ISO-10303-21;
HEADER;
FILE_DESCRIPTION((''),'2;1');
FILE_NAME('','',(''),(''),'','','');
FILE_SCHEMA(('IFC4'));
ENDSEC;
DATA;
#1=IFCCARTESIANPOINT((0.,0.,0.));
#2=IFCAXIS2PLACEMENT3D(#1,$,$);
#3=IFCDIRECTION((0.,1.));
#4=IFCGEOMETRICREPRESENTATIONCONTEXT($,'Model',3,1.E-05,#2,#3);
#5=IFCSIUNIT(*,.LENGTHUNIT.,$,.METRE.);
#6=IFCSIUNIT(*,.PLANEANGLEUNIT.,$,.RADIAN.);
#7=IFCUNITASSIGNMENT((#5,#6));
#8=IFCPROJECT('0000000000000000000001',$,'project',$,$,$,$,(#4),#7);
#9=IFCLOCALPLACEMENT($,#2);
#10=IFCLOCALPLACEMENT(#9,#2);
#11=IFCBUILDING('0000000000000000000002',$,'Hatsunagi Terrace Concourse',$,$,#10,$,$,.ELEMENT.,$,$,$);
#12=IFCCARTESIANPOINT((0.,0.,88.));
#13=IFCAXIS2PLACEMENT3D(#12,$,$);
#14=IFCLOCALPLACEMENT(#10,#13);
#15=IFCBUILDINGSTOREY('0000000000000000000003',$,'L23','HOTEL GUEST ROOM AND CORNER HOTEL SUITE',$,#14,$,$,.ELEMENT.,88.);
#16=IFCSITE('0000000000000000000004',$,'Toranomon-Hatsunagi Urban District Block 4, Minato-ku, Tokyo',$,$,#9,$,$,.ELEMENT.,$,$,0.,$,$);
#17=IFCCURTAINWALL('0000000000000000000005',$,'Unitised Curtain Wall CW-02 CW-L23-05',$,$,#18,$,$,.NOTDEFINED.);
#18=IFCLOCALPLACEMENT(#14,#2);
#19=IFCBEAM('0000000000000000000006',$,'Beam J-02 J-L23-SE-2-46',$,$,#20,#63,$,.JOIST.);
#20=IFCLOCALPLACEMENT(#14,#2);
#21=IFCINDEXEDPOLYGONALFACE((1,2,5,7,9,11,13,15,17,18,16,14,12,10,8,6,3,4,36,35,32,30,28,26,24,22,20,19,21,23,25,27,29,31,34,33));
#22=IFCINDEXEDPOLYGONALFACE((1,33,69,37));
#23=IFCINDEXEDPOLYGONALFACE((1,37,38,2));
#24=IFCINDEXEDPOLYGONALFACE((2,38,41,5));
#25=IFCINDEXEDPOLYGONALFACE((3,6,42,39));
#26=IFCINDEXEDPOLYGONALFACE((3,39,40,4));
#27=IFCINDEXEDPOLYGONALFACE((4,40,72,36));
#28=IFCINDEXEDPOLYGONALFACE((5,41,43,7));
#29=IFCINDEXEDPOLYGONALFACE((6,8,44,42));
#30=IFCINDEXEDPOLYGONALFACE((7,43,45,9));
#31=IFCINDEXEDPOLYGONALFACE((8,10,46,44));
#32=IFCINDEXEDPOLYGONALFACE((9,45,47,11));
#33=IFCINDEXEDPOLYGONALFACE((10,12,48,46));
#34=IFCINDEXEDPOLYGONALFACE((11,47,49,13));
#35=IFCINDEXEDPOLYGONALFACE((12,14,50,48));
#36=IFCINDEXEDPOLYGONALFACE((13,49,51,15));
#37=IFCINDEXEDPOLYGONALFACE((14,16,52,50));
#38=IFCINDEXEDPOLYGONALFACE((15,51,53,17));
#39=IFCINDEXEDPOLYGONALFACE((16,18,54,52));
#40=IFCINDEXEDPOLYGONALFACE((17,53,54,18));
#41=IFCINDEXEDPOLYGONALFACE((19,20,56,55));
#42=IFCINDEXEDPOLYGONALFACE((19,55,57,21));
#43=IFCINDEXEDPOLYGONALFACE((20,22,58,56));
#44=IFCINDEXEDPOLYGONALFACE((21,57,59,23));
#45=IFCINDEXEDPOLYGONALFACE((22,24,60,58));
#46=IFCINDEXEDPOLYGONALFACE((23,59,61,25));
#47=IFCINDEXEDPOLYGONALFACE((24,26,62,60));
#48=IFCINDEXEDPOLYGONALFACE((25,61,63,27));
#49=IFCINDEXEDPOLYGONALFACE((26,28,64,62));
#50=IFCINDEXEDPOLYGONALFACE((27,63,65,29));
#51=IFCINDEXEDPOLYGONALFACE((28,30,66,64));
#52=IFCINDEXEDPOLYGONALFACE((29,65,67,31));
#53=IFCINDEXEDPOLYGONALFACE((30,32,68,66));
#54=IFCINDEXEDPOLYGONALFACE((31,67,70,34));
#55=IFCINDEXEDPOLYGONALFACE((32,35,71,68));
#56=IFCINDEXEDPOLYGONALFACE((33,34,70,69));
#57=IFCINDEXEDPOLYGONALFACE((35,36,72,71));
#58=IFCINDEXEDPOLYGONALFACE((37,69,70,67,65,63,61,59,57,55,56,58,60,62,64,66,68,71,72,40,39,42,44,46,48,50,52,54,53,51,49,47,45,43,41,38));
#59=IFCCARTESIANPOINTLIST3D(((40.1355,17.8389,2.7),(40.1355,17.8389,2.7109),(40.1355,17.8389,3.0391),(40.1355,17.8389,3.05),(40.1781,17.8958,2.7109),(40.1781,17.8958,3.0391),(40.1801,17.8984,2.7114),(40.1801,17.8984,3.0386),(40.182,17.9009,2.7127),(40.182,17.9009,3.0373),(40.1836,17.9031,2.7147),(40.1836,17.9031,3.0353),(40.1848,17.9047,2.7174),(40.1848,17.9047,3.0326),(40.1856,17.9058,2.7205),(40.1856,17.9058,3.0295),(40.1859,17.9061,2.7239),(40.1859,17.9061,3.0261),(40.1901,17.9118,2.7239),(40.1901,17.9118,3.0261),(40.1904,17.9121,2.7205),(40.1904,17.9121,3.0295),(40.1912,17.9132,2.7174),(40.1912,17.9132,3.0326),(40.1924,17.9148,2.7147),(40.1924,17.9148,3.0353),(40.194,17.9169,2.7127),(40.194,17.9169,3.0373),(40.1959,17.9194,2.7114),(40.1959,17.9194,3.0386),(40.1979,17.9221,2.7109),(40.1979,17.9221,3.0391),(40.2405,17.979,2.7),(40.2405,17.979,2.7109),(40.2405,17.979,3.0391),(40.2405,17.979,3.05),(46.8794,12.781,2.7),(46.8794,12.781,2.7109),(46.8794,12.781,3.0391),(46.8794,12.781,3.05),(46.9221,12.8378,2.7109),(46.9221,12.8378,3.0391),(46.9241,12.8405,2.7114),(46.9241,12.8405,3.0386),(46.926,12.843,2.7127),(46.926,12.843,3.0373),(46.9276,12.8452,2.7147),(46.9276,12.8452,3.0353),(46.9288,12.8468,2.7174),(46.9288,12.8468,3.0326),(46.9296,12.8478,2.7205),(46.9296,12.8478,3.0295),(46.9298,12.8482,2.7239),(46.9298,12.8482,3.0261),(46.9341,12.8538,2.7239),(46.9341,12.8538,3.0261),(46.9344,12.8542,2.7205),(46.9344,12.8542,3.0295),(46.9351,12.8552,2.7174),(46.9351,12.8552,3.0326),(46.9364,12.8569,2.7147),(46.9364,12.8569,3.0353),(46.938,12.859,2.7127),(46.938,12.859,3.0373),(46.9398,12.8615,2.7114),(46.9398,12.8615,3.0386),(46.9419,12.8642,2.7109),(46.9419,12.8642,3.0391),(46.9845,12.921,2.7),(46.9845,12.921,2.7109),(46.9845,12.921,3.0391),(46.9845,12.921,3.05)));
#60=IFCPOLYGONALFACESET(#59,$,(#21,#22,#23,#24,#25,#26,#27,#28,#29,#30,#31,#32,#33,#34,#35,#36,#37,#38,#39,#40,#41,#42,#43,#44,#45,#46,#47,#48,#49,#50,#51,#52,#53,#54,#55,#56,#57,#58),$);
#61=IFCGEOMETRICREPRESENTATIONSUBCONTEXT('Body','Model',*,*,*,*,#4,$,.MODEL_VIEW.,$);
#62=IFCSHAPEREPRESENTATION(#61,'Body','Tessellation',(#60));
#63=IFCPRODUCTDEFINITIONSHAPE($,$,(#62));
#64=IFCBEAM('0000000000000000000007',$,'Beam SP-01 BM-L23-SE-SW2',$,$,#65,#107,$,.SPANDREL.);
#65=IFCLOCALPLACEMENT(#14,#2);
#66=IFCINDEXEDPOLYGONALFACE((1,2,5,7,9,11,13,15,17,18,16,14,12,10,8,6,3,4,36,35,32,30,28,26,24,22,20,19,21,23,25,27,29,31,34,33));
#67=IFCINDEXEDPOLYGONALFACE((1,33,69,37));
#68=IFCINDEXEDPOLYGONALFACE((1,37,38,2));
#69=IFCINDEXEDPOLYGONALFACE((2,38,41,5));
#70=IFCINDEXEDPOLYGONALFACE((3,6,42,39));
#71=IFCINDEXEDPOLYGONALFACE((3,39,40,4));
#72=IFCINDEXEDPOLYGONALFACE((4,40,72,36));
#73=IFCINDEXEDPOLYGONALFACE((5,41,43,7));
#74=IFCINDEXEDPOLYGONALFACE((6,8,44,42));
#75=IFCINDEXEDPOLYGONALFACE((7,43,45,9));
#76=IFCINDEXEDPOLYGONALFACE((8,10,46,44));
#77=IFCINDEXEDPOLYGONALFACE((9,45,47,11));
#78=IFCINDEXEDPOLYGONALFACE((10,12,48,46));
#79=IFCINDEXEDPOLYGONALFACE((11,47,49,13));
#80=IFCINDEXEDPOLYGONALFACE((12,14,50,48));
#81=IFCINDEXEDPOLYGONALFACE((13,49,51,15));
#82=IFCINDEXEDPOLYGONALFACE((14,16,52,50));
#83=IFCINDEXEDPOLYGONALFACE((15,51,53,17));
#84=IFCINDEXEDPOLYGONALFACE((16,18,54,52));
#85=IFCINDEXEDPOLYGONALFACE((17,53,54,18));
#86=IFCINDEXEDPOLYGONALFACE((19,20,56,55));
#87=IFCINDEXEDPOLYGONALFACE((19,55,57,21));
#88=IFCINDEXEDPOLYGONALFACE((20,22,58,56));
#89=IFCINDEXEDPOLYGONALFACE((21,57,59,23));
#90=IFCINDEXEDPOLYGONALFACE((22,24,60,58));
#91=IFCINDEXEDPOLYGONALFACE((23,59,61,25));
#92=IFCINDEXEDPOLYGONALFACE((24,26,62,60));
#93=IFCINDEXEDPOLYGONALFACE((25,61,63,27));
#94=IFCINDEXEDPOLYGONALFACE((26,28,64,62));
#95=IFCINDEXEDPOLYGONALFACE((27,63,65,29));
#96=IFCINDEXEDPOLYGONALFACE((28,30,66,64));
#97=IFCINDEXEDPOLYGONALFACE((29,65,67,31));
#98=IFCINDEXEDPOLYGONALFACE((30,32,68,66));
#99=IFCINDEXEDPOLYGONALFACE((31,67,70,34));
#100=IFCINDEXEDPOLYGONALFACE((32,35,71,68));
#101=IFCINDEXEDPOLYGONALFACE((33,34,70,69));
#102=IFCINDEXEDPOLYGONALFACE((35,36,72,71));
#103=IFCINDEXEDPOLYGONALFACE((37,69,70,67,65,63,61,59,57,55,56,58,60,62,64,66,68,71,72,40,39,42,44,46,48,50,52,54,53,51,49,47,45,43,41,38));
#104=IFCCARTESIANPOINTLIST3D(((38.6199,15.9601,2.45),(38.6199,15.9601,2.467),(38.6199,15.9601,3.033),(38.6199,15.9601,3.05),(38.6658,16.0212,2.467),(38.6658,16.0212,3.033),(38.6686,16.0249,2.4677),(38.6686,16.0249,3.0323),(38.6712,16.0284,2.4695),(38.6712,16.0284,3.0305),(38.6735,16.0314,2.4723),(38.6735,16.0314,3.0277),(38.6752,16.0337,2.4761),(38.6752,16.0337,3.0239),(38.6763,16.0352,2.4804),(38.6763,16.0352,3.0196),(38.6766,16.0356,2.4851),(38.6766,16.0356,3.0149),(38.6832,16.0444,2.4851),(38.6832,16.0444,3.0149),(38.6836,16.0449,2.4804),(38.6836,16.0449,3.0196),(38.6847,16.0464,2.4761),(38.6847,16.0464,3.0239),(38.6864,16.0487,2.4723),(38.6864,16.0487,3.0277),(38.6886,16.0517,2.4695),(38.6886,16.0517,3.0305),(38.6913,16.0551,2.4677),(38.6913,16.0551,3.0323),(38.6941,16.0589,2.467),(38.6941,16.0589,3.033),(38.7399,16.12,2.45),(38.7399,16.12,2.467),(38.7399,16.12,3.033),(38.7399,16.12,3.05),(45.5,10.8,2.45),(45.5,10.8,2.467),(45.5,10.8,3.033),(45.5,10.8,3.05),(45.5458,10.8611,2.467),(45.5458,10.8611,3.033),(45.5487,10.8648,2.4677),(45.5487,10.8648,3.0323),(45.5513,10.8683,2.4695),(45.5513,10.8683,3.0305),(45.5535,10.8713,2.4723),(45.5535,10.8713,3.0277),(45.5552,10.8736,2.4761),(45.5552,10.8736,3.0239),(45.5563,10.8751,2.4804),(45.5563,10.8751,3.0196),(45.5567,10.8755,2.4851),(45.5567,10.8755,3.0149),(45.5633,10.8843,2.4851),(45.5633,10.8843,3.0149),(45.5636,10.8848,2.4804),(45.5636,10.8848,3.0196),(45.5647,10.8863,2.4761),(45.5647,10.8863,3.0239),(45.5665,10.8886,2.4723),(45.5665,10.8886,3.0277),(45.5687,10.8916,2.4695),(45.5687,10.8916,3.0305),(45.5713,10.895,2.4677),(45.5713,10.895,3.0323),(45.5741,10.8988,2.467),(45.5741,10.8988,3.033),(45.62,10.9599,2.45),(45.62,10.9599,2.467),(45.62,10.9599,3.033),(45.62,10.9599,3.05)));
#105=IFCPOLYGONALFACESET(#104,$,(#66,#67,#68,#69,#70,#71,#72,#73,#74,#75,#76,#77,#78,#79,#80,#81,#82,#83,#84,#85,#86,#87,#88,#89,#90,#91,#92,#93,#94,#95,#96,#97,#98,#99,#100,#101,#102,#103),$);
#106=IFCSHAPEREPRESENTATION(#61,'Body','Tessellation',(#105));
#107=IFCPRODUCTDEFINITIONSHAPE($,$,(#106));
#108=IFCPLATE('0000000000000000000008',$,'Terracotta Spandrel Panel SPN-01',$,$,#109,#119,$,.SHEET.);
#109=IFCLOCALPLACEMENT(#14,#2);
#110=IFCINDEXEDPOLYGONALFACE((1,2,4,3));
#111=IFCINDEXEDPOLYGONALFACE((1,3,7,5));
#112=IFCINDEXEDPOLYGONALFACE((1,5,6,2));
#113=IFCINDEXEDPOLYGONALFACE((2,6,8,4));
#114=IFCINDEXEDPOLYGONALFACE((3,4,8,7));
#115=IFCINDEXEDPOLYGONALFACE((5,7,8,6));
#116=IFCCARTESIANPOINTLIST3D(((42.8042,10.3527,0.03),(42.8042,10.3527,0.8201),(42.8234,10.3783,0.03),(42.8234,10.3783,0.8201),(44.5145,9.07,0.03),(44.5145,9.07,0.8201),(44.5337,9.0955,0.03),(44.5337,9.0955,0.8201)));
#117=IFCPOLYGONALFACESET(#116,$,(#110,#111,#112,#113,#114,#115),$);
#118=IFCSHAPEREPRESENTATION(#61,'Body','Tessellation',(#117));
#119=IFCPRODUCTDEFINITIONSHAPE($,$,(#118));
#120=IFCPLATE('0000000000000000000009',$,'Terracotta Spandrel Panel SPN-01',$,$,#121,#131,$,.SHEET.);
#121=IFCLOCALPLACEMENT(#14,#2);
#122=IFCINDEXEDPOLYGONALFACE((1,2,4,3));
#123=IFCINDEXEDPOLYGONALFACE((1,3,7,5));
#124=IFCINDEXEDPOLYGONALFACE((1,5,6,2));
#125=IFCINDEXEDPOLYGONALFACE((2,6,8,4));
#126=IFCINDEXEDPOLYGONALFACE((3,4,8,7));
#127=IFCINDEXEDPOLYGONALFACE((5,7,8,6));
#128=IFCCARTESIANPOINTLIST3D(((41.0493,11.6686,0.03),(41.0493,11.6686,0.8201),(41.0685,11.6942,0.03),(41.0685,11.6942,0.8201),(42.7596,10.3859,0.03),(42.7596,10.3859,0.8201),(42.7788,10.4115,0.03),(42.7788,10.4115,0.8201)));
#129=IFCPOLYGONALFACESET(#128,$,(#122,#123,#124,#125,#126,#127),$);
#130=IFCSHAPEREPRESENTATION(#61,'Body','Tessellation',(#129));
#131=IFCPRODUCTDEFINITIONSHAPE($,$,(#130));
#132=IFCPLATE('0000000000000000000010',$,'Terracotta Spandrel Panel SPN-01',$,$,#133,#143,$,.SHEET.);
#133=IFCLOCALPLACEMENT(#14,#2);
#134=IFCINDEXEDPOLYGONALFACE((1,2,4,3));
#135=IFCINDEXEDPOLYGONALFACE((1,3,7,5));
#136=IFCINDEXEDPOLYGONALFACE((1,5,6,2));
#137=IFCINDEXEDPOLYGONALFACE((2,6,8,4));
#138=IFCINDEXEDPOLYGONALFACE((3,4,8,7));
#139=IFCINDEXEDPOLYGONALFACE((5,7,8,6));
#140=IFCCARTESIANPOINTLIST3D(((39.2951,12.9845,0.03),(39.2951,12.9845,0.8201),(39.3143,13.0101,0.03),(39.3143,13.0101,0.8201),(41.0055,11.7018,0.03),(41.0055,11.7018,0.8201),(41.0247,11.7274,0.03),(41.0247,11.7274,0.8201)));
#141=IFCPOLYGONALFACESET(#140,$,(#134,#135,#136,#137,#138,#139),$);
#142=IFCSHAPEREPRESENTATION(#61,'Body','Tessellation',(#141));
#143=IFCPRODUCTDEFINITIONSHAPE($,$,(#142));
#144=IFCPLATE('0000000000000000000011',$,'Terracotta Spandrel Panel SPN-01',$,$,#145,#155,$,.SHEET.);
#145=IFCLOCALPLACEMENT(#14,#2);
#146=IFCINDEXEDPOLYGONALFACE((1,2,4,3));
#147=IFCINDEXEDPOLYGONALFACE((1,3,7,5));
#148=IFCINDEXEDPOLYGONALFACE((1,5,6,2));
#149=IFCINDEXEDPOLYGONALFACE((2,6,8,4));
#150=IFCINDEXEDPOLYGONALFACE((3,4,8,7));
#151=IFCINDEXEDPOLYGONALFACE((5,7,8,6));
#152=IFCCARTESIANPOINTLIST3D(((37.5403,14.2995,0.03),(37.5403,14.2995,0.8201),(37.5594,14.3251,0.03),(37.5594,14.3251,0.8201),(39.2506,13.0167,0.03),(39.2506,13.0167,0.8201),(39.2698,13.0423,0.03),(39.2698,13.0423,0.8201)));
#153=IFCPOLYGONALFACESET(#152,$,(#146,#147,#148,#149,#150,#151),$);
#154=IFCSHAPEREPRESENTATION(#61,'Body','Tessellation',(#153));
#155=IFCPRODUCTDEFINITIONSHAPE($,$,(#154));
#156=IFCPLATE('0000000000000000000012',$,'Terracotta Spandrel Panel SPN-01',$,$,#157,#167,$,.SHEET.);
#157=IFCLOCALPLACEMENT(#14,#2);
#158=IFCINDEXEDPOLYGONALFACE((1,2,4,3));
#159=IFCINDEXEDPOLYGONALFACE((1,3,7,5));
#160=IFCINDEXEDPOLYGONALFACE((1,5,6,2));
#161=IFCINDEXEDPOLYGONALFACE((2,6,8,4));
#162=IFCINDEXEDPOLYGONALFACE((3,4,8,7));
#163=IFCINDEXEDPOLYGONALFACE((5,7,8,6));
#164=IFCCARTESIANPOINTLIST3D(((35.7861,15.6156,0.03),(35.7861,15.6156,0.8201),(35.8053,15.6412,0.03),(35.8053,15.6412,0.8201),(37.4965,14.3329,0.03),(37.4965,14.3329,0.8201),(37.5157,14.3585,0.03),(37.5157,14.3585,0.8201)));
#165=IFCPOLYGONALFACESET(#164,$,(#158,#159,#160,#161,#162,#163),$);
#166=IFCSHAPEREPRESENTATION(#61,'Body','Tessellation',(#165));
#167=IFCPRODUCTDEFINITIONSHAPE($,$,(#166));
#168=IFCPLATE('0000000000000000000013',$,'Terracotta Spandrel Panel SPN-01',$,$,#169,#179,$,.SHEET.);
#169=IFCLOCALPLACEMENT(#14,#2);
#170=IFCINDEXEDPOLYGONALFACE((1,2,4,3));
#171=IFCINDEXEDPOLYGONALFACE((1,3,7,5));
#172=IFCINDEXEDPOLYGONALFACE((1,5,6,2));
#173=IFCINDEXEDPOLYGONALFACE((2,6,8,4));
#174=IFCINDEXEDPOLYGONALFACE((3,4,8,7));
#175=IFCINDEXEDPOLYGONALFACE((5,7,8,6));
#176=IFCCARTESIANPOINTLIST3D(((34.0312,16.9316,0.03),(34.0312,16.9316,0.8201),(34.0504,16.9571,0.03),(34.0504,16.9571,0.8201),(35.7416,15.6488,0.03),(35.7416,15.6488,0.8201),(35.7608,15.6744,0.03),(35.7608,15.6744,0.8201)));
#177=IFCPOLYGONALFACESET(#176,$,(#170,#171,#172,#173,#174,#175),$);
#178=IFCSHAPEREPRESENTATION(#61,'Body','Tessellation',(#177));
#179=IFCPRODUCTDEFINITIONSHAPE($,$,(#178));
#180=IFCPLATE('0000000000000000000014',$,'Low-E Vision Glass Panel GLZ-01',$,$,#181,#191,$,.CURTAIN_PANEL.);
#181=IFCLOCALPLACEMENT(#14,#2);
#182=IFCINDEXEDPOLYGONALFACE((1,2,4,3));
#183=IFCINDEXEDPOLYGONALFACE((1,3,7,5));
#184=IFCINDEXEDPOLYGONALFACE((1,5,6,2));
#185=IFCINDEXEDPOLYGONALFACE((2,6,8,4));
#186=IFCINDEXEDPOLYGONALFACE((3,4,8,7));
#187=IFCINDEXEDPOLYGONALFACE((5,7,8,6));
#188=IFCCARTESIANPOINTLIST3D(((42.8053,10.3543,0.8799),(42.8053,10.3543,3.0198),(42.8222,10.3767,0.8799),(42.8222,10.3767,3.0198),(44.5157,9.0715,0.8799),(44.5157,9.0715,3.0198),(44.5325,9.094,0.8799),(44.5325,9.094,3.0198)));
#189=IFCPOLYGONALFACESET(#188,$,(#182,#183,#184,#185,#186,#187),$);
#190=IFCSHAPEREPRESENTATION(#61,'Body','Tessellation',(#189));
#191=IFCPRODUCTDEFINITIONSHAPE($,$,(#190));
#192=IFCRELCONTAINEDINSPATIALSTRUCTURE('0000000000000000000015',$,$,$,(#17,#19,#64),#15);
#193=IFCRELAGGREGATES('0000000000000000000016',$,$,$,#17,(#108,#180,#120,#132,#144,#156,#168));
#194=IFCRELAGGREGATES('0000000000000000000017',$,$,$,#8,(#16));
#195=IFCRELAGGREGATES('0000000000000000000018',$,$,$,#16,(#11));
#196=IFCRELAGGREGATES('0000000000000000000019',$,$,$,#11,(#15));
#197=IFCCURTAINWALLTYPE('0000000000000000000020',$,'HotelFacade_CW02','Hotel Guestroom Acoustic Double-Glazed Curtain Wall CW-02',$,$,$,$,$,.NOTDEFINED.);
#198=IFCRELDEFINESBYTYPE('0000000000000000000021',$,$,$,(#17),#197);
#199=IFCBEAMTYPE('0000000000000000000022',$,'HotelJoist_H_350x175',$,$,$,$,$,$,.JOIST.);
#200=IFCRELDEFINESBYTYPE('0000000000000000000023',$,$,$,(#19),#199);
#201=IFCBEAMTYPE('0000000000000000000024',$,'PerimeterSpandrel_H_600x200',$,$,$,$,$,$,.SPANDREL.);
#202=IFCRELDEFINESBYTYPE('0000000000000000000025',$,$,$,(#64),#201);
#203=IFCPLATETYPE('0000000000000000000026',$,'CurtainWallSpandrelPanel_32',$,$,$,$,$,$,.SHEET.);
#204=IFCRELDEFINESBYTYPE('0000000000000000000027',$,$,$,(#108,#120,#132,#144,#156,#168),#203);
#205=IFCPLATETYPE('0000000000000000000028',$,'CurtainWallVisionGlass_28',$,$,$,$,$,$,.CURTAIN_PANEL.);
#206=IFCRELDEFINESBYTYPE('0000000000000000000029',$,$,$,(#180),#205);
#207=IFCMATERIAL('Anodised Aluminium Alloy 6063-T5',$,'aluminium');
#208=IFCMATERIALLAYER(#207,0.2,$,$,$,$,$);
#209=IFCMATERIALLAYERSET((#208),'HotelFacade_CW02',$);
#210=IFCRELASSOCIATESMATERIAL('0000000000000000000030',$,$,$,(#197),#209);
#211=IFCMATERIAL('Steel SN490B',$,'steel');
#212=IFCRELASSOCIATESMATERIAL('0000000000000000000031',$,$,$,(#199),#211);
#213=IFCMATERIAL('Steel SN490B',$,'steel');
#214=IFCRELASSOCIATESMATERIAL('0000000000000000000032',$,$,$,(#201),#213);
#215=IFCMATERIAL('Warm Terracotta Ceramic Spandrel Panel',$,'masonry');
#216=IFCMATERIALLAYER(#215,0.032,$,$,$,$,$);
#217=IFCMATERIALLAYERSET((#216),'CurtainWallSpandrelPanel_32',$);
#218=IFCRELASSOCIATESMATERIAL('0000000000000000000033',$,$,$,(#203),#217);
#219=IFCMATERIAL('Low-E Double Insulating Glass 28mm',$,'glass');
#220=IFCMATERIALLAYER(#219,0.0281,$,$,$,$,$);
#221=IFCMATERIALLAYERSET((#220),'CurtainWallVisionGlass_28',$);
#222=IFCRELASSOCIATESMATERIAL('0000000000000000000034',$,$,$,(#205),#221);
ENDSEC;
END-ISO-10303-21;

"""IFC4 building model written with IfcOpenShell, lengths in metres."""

from ifc_helpers import new_model, si_unit, direction, frame, origin, origin_2d, place, context, subcontext, project, spatial, rectangle, i_section, extrude, material, layer, layer_set, material_profile, profile_set, type_object, element, aggregate, save


model = new_model("IFC4")

# Units and contexts
model_context = context("Model", 3, precision=1e-05, world=origin(), true_north=direction((0.0, 1.0)))
body_context = subcontext(model_context, "Body", "Model", "MODEL_VIEW")
ifc_project = project(units=[si_unit("LENGTHUNIT", "METRE"), si_unit("PLANEANGLEUNIT", "RADIAN")], contexts=[model_context])

# Site, building, storey
site_placement = place(None, origin())
site = spatial("IfcSite", under=ifc_project, at=site_placement, Name="Toranomon-Hatsunagi Urban District Block 4, Minato-ku, Tokyo", CompositionType="ELEMENT", RefElevation=0.0)
building_placement = place(site_placement, origin())
building = spatial("IfcBuilding", under=site, at=building_placement, Name="Hatsunagi Terrace Concourse", CompositionType="ELEMENT")
storey_placement = place(building_placement, frame((0.0, 0.0, 88.0)))
storey = spatial("IfcBuildingStorey", under=building, at=storey_placement, Name="L23", Description="HOTEL GUEST ROOM AND CORNER HOTEL SUITE", CompositionType="ELEMENT", Elevation=88.0)

# Curtain wall
ifc_material_1 = material(Name="Anodised Aluminium Alloy 6063-T5", Category="aluminium")
ifc_layer_1 = layer(ifc_material_1, 0.2)
ifc_layer_set_1 = layer_set([ifc_layer_1], Name="HotelFacade_CW02")
curtain_wall_type = type_object("IfcCurtainWallType", Name="HotelFacade_CW02", Description="Hotel Guestroom Acoustic Double-Glazed Curtain Wall CW-02", PredefinedType="NOTDEFINED", material=ifc_layer_set_1)
curtain_wall_placement = place(storey_placement, origin())
curtain_wall = element("IfcCurtainWall", 1, at=curtain_wall_placement, inside=storey, type_object=curtain_wall_type, Name="Unitised Curtain Wall CW-02 CW-L23-05", PredefinedType="NOTDEFINED")

# Beams
ifc_material_2 = material(Name="Steel SN490B", Category="steel")
ifc_material_profile_1 = material_profile(ifc_material_2, i_section(OverallWidth=0.175, OverallDepth=0.3501, WebThickness=0.0071, FlangeThickness=0.011, FilletRadius=0.0129, at=origin_2d()), Name="H-350x175x7x11")
ifc_profile_set_1 = profile_set([ifc_material_profile_1], Name="Steel SN490B")
beam_type_1 = type_object("IfcBeamType", Name="HotelJoist_H_350x175", PredefinedType="JOIST", material=ifc_profile_set_1)
beam_1_placement = place(storey_placement, frame((40.188, 17.9089, 2.875), z_axis=(0.800003, -0.599995, 0.0), x_axis=(0.599995, 0.800003, 0.0)))
element("IfcBeam", 2, at=beam_1_placement, inside=storey, type_object=beam_type_1, Name="Beam J-02 J-L23-SE-2-46", PredefinedType="JOIST", context=body_context, shape_type="SweptSolid", body=[
    extrude(i_section(OverallWidth=0.175, OverallDepth=0.3501, WebThickness=0.0071, FlangeThickness=0.011, FilletRadius=0.0129, at=origin_2d()), origin(), (0.0, 0.0, 1.0), 8.4299),
])
ifc_material_3 = material(Name="Steel SN490B", Category="steel")
ifc_material_profile_2 = material_profile(ifc_material_3, i_section(OverallWidth=0.2, OverallDepth=0.6001, WebThickness=0.011, FlangeThickness=0.0171, FilletRadius=0.0181, at=origin_2d()), Name="H-600x200x11x17")
ifc_profile_set_2 = profile_set([ifc_material_profile_2], Name="Steel SN490B")
beam_type_2 = type_object("IfcBeamType", Name="PerimeterSpandrel_H_600x200", PredefinedType="SPANDREL", material=ifc_profile_set_2)
beam_2_placement = place(storey_placement, frame((38.6799, 16.04, 2.75), z_axis=(0.799997, -0.600005, 0.0), x_axis=(0.600005, 0.799997, 0.0)))
element("IfcBeam", 3, at=beam_2_placement, inside=storey, type_object=beam_type_2, Name="Beam SP-01 BM-L23-SE-SW2", PredefinedType="SPANDREL", context=body_context, shape_type="SweptSolid", body=[
    extrude(i_section(OverallWidth=0.2, OverallDepth=0.6001, WebThickness=0.011, FlangeThickness=0.0171, FilletRadius=0.0181, at=origin_2d()), origin(), (0.0, 0.0, 1.0), 8.6001),
])

# Plates
ifc_material_4 = material(Name="Warm Terracotta Ceramic Spandrel Panel", Category="masonry")
ifc_layer_2 = layer(ifc_material_4, 0.032)
ifc_layer_set_2 = layer_set([ifc_layer_2], Name="CurtainWallSpandrelPanel_32")
plate_type_1 = type_object("IfcPlateType", Name="CurtainWallSpandrelPanel_32", PredefinedType="SHEET", material=ifc_layer_set_2)
plate_1_placement = place(storey_placement, frame((43.6689, 9.7241, 0.03), z_axis=(0.0, 0.0, 1.0), x_axis=(-0.800003, 0.599996, 0.0)))
plate_1 = element("IfcPlate", 4, at=plate_1_placement, type_object=plate_type_1, Name="Terracotta Spandrel Panel SPN-01", PredefinedType="SHEET", context=body_context, shape_type="SweptSolid", body=[
    extrude(rectangle(XDim=2.1379, YDim=0.032, at=origin_2d()), origin(), (0.0, 0.0, 1.0), 0.79),
])
plate_2_placement = place(storey_placement, frame((41.9141, 11.04, 0.03), z_axis=(0.0, 0.0, 1.0), x_axis=(-0.800003, 0.599996, 0.0)))
plate_2 = element("IfcPlate", 5, at=plate_2_placement, type_object=plate_type_1, Name="Terracotta Spandrel Panel SPN-01", PredefinedType="SHEET", context=body_context, shape_type="SweptSolid", body=[
    extrude(rectangle(XDim=2.1379, YDim=0.032, at=origin_2d()), origin(), (0.0, 0.0, 1.0), 0.79),
])
plate_3_placement = place(storey_placement, frame((40.1599, 12.356, 0.03), z_axis=(0.0, 0.0, 1.0), x_axis=(-0.800003, 0.599996, 0.0)))
plate_3 = element("IfcPlate", 6, at=plate_3_placement, type_object=plate_type_1, Name="Terracotta Spandrel Panel SPN-01", PredefinedType="SHEET", context=body_context, shape_type="SweptSolid", body=[
    extrude(rectangle(XDim=2.1379, YDim=0.032, at=origin_2d()), origin(), (0.0, 0.0, 1.0), 0.79),
])
plate_4_placement = place(storey_placement, frame((38.405, 13.6709, 0.03), z_axis=(0.0, 0.0, 1.0), x_axis=(-0.800003, 0.599996, 0.0)))
plate_4 = element("IfcPlate", 7, at=plate_4_placement, type_object=plate_type_1, Name="Terracotta Spandrel Panel SPN-01", PredefinedType="SHEET", context=body_context, shape_type="SweptSolid", body=[
    extrude(rectangle(XDim=2.1379, YDim=0.032, at=origin_2d()), origin(), (0.0, 0.0, 1.0), 0.79),
])
plate_5_placement = place(storey_placement, frame((36.6509, 14.9871, 0.03), z_axis=(0.0, 0.0, 1.0), x_axis=(-0.800003, 0.599996, 0.0)))
plate_5 = element("IfcPlate", 8, at=plate_5_placement, type_object=plate_type_1, Name="Terracotta Spandrel Panel SPN-01", PredefinedType="SHEET", context=body_context, shape_type="SweptSolid", body=[
    extrude(rectangle(XDim=2.1379, YDim=0.032, at=origin_2d()), origin(), (0.0, 0.0, 1.0), 0.79),
])
plate_6_placement = place(storey_placement, frame((34.896, 16.303, 0.03), z_axis=(0.0, 0.0, 1.0), x_axis=(-0.800003, 0.599996, 0.0)))
plate_6 = element("IfcPlate", 9, at=plate_6_placement, type_object=plate_type_1, Name="Terracotta Spandrel Panel SPN-01", PredefinedType="SHEET", context=body_context, shape_type="SweptSolid", body=[
    extrude(rectangle(XDim=2.1379, YDim=0.032, at=origin_2d()), origin(), (0.0, 0.0, 1.0), 0.79),
])
ifc_material_5 = material(Name="Low-E Double Insulating Glass 28mm", Category="glass")
ifc_layer_3 = layer(ifc_material_5, 0.0281)
ifc_layer_set_3 = layer_set([ifc_layer_3], Name="CurtainWallVisionGlass_28")
plate_type_2 = type_object("IfcPlateType", Name="CurtainWallVisionGlass_28", PredefinedType="CURTAIN_PANEL", material=ifc_layer_set_3)
plate_7_placement = place(storey_placement, frame((43.6689, 9.7241, 0.8799), z_axis=(0.0, 0.0, 1.0), x_axis=(-0.800003, 0.599996, 0.0)))
plate_7 = element("IfcPlate", 10, at=plate_7_placement, type_object=plate_type_2, Name="Low-E Vision Glass Panel GLZ-01", PredefinedType="CURTAIN_PANEL", context=body_context, shape_type="SweptSolid", body=[
    extrude(rectangle(XDim=2.1379, YDim=0.0281, at=origin_2d()), origin(), (0.0, 0.0, 1.0), 2.1399),
])
aggregate(curtain_wall, [plate_1, plate_7, plate_2, plate_3, plate_4, plate_5, plate_6])

save(model, "model.ifc")
